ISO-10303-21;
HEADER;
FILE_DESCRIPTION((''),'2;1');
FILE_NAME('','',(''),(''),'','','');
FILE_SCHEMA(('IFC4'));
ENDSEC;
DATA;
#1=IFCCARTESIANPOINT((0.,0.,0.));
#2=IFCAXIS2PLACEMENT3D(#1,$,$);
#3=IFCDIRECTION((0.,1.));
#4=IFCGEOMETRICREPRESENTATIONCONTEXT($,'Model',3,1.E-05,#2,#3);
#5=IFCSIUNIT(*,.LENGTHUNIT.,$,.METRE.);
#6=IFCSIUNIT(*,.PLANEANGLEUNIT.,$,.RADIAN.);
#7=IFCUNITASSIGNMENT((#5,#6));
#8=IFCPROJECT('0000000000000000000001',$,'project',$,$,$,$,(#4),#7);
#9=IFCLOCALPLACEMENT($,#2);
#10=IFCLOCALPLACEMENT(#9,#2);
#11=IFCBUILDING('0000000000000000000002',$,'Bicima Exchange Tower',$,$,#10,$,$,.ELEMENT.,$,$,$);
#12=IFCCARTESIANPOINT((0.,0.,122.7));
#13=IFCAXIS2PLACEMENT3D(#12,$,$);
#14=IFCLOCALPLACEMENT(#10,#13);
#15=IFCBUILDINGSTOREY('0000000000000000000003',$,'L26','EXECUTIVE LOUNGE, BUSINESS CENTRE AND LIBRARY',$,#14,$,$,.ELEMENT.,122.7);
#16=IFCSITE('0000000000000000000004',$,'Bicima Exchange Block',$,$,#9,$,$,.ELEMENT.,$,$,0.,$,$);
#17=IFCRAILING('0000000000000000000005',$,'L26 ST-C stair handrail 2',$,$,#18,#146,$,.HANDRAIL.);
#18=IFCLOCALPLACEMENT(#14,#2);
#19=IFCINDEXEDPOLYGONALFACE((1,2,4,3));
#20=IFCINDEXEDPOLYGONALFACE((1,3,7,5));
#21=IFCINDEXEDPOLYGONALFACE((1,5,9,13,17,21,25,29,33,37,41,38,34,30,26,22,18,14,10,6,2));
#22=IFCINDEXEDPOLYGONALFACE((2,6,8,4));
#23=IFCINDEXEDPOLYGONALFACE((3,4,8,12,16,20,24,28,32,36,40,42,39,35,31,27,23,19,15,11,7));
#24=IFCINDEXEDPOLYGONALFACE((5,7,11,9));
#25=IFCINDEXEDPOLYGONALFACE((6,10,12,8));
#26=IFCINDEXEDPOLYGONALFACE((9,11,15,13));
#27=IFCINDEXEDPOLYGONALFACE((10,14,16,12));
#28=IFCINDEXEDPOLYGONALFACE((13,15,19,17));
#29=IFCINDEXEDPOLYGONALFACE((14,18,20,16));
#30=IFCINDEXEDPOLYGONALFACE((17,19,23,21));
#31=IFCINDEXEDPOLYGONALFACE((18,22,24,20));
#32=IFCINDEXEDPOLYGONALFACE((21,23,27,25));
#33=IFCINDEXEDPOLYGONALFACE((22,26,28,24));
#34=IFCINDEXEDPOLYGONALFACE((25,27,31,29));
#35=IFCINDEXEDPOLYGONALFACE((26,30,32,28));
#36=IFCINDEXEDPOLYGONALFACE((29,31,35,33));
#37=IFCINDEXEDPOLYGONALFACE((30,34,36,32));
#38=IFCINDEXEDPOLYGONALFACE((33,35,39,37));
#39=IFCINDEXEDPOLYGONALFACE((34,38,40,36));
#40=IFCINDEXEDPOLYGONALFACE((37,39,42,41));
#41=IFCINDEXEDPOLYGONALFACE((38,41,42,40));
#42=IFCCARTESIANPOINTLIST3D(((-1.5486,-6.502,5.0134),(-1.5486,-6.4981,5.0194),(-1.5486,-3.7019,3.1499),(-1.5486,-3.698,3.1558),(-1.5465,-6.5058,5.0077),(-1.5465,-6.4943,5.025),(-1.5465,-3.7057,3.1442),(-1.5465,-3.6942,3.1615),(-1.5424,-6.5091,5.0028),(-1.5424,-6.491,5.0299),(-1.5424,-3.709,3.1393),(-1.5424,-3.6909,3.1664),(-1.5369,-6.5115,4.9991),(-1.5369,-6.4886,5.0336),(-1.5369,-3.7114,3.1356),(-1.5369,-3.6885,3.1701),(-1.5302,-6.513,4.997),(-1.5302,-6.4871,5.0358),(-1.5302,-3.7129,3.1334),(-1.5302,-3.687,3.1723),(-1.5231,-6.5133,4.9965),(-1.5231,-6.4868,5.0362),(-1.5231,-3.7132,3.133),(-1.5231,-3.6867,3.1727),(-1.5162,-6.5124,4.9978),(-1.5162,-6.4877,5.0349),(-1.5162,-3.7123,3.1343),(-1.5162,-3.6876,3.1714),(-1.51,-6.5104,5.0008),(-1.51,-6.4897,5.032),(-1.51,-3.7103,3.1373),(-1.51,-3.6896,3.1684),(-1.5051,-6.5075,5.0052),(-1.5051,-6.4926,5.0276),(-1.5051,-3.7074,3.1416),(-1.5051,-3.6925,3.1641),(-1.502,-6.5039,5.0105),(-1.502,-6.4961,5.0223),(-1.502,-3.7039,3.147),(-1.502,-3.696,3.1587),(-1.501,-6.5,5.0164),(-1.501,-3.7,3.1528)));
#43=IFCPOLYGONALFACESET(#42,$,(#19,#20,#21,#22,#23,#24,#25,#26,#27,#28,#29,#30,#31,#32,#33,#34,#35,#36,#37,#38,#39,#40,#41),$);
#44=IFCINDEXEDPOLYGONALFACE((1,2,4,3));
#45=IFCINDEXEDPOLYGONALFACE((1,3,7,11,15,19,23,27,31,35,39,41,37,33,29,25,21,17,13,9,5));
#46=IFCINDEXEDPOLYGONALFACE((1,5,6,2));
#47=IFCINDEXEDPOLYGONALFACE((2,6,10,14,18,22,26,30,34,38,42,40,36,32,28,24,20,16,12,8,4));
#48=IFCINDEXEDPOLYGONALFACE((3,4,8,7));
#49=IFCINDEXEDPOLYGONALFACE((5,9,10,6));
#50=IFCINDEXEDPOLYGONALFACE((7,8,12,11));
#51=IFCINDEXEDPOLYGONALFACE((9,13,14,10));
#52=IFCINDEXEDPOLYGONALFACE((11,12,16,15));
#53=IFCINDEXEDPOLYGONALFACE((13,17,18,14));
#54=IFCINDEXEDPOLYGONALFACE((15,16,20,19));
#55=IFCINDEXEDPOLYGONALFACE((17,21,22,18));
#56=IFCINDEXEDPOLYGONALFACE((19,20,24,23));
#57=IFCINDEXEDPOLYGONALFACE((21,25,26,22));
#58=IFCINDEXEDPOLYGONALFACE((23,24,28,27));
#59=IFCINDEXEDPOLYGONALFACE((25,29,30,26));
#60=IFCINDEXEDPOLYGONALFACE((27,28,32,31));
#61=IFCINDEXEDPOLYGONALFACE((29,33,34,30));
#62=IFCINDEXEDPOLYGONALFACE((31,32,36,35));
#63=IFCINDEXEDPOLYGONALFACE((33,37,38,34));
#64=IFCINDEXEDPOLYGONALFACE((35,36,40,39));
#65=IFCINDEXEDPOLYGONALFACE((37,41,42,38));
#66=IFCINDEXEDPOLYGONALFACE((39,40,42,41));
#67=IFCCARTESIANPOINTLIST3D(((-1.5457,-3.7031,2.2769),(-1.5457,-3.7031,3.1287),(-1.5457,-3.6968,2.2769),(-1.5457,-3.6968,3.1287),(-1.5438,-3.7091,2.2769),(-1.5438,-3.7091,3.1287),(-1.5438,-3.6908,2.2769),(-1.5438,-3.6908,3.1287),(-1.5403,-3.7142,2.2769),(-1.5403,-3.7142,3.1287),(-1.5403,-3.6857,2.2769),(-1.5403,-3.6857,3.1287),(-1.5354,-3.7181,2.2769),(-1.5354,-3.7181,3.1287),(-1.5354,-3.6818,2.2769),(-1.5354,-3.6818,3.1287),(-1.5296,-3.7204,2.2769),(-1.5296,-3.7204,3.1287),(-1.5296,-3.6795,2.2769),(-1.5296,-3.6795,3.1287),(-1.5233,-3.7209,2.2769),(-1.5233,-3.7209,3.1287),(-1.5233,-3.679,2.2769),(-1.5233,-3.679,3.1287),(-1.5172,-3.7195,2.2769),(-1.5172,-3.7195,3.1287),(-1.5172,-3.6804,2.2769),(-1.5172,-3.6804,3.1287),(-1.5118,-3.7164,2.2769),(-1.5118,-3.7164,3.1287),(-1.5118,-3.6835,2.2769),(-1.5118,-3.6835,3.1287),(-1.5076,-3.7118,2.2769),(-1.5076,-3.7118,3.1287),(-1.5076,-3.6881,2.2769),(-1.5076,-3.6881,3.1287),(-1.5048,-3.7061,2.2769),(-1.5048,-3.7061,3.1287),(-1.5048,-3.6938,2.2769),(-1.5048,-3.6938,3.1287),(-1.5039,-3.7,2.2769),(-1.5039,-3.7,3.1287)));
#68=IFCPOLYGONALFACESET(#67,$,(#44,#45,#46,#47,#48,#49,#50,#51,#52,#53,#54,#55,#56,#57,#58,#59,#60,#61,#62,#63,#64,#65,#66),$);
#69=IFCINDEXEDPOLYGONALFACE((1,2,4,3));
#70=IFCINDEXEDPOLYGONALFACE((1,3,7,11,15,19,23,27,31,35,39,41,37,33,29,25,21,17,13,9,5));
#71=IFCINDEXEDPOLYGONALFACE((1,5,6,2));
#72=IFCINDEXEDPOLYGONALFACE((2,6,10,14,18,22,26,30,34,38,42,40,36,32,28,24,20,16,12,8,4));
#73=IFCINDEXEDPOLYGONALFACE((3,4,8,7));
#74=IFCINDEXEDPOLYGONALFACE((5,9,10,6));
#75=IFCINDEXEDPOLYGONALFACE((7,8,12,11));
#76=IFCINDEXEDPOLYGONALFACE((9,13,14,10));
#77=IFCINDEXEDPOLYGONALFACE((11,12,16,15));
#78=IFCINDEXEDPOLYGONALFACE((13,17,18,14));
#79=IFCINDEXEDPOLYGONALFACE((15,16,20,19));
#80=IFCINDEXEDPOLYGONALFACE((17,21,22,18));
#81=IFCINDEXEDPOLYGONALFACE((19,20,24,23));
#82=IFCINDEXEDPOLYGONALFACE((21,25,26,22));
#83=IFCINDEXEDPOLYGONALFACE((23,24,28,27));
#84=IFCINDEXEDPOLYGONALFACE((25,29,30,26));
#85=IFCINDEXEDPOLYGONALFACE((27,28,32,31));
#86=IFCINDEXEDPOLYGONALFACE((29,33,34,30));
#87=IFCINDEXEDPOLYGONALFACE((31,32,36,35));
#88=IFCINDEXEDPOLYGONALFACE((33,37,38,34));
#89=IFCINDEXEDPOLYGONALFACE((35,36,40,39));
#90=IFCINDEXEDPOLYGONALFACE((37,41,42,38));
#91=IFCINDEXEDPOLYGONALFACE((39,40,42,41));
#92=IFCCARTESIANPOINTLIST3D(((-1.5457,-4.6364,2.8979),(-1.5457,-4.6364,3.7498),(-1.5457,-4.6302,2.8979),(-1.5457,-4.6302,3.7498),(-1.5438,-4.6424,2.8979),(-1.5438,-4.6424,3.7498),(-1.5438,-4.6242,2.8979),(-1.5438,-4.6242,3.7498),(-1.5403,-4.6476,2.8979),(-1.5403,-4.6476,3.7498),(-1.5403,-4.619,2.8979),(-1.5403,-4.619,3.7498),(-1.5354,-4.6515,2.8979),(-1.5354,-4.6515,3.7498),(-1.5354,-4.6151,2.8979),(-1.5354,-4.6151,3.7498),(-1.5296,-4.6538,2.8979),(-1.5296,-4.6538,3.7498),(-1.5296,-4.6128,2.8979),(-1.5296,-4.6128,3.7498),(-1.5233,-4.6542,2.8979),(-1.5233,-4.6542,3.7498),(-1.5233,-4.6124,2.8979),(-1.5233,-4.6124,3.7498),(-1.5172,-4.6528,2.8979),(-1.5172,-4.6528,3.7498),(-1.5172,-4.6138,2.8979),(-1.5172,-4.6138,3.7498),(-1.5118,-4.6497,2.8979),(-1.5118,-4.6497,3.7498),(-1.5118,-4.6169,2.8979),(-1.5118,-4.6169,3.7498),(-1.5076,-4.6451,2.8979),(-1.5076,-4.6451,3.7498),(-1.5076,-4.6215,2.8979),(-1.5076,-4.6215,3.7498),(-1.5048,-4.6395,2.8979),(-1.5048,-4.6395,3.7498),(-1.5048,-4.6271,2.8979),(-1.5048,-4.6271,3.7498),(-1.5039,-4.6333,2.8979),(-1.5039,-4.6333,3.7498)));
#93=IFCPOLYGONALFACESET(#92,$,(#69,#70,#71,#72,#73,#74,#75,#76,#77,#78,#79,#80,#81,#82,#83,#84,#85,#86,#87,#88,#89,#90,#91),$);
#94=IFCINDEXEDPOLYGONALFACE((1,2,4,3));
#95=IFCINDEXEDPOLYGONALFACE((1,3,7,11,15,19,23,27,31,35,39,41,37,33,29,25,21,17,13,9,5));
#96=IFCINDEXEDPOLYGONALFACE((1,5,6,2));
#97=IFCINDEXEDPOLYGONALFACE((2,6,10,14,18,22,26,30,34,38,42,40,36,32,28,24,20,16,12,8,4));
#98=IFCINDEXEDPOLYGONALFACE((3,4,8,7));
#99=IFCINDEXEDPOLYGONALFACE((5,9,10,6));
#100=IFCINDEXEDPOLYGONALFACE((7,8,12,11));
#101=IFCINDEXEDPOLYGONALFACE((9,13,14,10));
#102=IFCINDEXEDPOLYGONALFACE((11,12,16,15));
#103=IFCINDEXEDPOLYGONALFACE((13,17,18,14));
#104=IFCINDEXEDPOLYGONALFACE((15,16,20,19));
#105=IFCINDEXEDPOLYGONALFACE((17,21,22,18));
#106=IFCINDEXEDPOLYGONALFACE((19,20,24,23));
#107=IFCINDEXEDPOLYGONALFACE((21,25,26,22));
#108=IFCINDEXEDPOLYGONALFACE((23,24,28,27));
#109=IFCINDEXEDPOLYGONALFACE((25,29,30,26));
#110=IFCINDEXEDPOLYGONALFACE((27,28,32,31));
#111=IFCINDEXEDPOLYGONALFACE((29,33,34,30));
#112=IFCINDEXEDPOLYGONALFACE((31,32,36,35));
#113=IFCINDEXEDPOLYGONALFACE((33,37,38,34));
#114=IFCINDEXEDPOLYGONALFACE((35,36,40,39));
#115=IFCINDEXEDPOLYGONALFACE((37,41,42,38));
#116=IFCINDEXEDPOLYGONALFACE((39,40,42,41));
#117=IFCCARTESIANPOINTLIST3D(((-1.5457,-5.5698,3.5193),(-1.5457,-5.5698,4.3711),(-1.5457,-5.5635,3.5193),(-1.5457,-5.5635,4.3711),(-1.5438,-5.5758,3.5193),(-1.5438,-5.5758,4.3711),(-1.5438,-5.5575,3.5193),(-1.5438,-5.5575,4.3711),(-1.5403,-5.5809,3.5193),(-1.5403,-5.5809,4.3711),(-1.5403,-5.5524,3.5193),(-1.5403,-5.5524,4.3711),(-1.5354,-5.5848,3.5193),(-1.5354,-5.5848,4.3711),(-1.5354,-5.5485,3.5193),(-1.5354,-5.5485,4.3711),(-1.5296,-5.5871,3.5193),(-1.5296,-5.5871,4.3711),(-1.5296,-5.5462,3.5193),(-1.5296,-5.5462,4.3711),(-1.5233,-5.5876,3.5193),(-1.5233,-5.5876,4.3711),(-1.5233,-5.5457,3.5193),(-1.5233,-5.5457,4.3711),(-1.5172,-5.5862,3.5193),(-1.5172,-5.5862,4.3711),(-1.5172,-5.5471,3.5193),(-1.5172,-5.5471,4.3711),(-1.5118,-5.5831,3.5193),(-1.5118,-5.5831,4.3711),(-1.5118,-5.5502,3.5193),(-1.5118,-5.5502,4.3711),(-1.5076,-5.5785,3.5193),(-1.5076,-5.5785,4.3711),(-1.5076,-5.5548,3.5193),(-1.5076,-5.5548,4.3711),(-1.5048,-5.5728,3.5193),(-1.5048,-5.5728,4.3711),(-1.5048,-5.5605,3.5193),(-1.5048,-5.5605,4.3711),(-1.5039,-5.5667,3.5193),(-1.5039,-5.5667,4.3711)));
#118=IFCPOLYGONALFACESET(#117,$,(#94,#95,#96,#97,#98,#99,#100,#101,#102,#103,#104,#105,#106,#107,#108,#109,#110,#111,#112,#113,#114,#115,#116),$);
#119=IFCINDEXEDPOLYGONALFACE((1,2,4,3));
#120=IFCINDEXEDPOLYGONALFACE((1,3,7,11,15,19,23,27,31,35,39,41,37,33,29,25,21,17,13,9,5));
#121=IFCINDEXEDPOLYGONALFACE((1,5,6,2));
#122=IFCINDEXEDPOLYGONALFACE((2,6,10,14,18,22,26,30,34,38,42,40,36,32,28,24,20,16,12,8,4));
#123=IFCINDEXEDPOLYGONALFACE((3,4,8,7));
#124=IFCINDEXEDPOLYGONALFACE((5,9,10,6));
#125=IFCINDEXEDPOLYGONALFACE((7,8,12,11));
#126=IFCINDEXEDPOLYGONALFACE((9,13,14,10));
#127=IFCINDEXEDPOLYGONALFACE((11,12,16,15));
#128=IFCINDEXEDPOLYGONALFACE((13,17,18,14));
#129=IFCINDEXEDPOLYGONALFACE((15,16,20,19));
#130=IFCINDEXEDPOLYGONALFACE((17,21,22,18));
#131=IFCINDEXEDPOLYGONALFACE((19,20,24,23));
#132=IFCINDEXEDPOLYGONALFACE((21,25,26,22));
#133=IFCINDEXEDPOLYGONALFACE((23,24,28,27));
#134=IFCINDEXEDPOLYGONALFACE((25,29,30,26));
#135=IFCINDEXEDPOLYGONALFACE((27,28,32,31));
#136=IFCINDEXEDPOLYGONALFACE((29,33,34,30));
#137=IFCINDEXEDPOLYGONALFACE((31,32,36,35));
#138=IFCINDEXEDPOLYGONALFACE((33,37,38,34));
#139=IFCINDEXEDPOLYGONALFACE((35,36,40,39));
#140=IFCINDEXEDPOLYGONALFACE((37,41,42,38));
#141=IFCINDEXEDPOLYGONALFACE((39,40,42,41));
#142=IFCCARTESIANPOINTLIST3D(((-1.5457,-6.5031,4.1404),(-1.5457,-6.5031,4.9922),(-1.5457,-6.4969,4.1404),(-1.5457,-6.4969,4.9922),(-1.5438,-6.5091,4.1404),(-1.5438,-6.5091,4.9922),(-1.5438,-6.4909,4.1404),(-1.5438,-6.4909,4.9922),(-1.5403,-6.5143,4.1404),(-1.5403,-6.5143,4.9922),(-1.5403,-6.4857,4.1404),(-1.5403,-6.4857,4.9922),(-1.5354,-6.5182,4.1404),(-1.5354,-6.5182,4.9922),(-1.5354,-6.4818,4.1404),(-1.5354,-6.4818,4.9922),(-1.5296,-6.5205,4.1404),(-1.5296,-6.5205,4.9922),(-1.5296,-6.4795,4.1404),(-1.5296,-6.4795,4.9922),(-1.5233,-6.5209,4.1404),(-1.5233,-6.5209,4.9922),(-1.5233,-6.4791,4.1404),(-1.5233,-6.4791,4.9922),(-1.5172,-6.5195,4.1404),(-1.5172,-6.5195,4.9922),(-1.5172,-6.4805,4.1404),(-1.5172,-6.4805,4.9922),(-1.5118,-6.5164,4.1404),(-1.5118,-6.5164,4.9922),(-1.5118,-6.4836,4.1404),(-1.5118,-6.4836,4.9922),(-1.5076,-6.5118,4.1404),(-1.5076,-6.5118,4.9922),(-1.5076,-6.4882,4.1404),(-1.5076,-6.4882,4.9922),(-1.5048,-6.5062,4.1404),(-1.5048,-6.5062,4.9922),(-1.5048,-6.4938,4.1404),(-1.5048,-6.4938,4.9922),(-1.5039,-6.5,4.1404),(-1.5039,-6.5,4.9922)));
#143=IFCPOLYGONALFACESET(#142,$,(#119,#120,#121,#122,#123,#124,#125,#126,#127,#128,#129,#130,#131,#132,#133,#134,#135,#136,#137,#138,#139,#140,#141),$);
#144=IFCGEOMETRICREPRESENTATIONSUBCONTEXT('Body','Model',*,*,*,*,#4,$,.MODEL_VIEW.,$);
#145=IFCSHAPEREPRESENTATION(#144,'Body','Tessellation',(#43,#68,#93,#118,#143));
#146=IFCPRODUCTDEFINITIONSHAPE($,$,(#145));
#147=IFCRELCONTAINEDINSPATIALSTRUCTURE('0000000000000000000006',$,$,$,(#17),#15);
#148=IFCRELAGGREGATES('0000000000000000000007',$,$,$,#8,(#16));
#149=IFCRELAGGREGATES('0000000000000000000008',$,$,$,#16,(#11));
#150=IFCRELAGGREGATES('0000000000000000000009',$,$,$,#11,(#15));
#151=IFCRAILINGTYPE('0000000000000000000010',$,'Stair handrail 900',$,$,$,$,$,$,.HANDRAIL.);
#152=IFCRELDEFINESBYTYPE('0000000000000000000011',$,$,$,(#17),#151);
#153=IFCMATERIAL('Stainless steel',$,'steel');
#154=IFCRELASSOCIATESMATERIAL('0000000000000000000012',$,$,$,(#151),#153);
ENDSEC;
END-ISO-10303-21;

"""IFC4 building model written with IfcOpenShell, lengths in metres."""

from ifc_helpers import new_model, si_unit, direction, frame, origin, origin_2d, place, context, subcontext, project, spatial, circle, extrude, material, type_object, element, save


model = new_model("IFC4")

# Units and contexts
model_context = context("Model", 3, precision=1e-05, world=origin(), true_north=direction((0.0, 1.0)))
body_context = subcontext(model_context, "Body", "Model", "MODEL_VIEW")
ifc_project = project(units=[si_unit("LENGTHUNIT", "METRE"), si_unit("PLANEANGLEUNIT", "RADIAN")], contexts=[model_context])

# Site, building, storey
site_placement = place(None, origin())
site = spatial("IfcSite", under=ifc_project, at=site_placement, Name="Bicima Exchange Block", CompositionType="ELEMENT", RefElevation=0.0)
building_placement = place(site_placement, origin())
building = spatial("IfcBuilding", under=site, at=building_placement, Name="Bicima Exchange Tower", CompositionType="ELEMENT")
storey_placement = place(building_placement, frame((0.0, 0.0, 122.7)))
storey = spatial("IfcBuildingStorey", under=building, at=storey_placement, Name="L26", Description="EXECUTIVE LOUNGE, BUSINESS CENTRE AND LIBRARY", CompositionType="ELEMENT", Elevation=122.7)

# Railing
ifc_material_1 = material(Name="Stainless steel", Category="steel")
railing_type = type_object("IfcRailingType", Name="Stair handrail 900", PredefinedType="HANDRAIL", material=ifc_material_1)
railing_placement = place(storey_placement, frame((-1.5249, -3.7, 2.2769)))
element("IfcRailing", 1, at=railing_placement, inside=storey, type_object=railing_type, Name="L26 ST-C stair handrail 2", PredefinedType="HANDRAIL", context=body_context, shape_type="SweptSolid", body=[
    extrude(circle(Radius=0.0239, at=origin_2d()), frame((0.0, 0.0, 0.876), z_axis=(0.0, -0.832486, 0.554047), x_axis=(1.0, 0.0, 0.0)), (0.0, 0.0, 1.0), 3.3635),
    extrude(circle(Radius=0.021, at=origin_2d()), origin(), (0.0, 0.0, 1.0), 0.8518),
    extrude(circle(Radius=0.021, at=origin_2d()), frame((0.0, -0.9333, 0.6211)), (0.0, 0.0, 1.0), 0.8518),
    extrude(circle(Radius=0.021, at=origin_2d()), frame((0.0, -1.8667, 1.2424)), (0.0, 0.0, 1.0), 0.8518),
    extrude(circle(Radius=0.021, at=origin_2d()), frame((0.0, -2.8, 1.8635)), (0.0, 0.0, 1.0), 0.8518),
])

save(model, "model.ifc")
